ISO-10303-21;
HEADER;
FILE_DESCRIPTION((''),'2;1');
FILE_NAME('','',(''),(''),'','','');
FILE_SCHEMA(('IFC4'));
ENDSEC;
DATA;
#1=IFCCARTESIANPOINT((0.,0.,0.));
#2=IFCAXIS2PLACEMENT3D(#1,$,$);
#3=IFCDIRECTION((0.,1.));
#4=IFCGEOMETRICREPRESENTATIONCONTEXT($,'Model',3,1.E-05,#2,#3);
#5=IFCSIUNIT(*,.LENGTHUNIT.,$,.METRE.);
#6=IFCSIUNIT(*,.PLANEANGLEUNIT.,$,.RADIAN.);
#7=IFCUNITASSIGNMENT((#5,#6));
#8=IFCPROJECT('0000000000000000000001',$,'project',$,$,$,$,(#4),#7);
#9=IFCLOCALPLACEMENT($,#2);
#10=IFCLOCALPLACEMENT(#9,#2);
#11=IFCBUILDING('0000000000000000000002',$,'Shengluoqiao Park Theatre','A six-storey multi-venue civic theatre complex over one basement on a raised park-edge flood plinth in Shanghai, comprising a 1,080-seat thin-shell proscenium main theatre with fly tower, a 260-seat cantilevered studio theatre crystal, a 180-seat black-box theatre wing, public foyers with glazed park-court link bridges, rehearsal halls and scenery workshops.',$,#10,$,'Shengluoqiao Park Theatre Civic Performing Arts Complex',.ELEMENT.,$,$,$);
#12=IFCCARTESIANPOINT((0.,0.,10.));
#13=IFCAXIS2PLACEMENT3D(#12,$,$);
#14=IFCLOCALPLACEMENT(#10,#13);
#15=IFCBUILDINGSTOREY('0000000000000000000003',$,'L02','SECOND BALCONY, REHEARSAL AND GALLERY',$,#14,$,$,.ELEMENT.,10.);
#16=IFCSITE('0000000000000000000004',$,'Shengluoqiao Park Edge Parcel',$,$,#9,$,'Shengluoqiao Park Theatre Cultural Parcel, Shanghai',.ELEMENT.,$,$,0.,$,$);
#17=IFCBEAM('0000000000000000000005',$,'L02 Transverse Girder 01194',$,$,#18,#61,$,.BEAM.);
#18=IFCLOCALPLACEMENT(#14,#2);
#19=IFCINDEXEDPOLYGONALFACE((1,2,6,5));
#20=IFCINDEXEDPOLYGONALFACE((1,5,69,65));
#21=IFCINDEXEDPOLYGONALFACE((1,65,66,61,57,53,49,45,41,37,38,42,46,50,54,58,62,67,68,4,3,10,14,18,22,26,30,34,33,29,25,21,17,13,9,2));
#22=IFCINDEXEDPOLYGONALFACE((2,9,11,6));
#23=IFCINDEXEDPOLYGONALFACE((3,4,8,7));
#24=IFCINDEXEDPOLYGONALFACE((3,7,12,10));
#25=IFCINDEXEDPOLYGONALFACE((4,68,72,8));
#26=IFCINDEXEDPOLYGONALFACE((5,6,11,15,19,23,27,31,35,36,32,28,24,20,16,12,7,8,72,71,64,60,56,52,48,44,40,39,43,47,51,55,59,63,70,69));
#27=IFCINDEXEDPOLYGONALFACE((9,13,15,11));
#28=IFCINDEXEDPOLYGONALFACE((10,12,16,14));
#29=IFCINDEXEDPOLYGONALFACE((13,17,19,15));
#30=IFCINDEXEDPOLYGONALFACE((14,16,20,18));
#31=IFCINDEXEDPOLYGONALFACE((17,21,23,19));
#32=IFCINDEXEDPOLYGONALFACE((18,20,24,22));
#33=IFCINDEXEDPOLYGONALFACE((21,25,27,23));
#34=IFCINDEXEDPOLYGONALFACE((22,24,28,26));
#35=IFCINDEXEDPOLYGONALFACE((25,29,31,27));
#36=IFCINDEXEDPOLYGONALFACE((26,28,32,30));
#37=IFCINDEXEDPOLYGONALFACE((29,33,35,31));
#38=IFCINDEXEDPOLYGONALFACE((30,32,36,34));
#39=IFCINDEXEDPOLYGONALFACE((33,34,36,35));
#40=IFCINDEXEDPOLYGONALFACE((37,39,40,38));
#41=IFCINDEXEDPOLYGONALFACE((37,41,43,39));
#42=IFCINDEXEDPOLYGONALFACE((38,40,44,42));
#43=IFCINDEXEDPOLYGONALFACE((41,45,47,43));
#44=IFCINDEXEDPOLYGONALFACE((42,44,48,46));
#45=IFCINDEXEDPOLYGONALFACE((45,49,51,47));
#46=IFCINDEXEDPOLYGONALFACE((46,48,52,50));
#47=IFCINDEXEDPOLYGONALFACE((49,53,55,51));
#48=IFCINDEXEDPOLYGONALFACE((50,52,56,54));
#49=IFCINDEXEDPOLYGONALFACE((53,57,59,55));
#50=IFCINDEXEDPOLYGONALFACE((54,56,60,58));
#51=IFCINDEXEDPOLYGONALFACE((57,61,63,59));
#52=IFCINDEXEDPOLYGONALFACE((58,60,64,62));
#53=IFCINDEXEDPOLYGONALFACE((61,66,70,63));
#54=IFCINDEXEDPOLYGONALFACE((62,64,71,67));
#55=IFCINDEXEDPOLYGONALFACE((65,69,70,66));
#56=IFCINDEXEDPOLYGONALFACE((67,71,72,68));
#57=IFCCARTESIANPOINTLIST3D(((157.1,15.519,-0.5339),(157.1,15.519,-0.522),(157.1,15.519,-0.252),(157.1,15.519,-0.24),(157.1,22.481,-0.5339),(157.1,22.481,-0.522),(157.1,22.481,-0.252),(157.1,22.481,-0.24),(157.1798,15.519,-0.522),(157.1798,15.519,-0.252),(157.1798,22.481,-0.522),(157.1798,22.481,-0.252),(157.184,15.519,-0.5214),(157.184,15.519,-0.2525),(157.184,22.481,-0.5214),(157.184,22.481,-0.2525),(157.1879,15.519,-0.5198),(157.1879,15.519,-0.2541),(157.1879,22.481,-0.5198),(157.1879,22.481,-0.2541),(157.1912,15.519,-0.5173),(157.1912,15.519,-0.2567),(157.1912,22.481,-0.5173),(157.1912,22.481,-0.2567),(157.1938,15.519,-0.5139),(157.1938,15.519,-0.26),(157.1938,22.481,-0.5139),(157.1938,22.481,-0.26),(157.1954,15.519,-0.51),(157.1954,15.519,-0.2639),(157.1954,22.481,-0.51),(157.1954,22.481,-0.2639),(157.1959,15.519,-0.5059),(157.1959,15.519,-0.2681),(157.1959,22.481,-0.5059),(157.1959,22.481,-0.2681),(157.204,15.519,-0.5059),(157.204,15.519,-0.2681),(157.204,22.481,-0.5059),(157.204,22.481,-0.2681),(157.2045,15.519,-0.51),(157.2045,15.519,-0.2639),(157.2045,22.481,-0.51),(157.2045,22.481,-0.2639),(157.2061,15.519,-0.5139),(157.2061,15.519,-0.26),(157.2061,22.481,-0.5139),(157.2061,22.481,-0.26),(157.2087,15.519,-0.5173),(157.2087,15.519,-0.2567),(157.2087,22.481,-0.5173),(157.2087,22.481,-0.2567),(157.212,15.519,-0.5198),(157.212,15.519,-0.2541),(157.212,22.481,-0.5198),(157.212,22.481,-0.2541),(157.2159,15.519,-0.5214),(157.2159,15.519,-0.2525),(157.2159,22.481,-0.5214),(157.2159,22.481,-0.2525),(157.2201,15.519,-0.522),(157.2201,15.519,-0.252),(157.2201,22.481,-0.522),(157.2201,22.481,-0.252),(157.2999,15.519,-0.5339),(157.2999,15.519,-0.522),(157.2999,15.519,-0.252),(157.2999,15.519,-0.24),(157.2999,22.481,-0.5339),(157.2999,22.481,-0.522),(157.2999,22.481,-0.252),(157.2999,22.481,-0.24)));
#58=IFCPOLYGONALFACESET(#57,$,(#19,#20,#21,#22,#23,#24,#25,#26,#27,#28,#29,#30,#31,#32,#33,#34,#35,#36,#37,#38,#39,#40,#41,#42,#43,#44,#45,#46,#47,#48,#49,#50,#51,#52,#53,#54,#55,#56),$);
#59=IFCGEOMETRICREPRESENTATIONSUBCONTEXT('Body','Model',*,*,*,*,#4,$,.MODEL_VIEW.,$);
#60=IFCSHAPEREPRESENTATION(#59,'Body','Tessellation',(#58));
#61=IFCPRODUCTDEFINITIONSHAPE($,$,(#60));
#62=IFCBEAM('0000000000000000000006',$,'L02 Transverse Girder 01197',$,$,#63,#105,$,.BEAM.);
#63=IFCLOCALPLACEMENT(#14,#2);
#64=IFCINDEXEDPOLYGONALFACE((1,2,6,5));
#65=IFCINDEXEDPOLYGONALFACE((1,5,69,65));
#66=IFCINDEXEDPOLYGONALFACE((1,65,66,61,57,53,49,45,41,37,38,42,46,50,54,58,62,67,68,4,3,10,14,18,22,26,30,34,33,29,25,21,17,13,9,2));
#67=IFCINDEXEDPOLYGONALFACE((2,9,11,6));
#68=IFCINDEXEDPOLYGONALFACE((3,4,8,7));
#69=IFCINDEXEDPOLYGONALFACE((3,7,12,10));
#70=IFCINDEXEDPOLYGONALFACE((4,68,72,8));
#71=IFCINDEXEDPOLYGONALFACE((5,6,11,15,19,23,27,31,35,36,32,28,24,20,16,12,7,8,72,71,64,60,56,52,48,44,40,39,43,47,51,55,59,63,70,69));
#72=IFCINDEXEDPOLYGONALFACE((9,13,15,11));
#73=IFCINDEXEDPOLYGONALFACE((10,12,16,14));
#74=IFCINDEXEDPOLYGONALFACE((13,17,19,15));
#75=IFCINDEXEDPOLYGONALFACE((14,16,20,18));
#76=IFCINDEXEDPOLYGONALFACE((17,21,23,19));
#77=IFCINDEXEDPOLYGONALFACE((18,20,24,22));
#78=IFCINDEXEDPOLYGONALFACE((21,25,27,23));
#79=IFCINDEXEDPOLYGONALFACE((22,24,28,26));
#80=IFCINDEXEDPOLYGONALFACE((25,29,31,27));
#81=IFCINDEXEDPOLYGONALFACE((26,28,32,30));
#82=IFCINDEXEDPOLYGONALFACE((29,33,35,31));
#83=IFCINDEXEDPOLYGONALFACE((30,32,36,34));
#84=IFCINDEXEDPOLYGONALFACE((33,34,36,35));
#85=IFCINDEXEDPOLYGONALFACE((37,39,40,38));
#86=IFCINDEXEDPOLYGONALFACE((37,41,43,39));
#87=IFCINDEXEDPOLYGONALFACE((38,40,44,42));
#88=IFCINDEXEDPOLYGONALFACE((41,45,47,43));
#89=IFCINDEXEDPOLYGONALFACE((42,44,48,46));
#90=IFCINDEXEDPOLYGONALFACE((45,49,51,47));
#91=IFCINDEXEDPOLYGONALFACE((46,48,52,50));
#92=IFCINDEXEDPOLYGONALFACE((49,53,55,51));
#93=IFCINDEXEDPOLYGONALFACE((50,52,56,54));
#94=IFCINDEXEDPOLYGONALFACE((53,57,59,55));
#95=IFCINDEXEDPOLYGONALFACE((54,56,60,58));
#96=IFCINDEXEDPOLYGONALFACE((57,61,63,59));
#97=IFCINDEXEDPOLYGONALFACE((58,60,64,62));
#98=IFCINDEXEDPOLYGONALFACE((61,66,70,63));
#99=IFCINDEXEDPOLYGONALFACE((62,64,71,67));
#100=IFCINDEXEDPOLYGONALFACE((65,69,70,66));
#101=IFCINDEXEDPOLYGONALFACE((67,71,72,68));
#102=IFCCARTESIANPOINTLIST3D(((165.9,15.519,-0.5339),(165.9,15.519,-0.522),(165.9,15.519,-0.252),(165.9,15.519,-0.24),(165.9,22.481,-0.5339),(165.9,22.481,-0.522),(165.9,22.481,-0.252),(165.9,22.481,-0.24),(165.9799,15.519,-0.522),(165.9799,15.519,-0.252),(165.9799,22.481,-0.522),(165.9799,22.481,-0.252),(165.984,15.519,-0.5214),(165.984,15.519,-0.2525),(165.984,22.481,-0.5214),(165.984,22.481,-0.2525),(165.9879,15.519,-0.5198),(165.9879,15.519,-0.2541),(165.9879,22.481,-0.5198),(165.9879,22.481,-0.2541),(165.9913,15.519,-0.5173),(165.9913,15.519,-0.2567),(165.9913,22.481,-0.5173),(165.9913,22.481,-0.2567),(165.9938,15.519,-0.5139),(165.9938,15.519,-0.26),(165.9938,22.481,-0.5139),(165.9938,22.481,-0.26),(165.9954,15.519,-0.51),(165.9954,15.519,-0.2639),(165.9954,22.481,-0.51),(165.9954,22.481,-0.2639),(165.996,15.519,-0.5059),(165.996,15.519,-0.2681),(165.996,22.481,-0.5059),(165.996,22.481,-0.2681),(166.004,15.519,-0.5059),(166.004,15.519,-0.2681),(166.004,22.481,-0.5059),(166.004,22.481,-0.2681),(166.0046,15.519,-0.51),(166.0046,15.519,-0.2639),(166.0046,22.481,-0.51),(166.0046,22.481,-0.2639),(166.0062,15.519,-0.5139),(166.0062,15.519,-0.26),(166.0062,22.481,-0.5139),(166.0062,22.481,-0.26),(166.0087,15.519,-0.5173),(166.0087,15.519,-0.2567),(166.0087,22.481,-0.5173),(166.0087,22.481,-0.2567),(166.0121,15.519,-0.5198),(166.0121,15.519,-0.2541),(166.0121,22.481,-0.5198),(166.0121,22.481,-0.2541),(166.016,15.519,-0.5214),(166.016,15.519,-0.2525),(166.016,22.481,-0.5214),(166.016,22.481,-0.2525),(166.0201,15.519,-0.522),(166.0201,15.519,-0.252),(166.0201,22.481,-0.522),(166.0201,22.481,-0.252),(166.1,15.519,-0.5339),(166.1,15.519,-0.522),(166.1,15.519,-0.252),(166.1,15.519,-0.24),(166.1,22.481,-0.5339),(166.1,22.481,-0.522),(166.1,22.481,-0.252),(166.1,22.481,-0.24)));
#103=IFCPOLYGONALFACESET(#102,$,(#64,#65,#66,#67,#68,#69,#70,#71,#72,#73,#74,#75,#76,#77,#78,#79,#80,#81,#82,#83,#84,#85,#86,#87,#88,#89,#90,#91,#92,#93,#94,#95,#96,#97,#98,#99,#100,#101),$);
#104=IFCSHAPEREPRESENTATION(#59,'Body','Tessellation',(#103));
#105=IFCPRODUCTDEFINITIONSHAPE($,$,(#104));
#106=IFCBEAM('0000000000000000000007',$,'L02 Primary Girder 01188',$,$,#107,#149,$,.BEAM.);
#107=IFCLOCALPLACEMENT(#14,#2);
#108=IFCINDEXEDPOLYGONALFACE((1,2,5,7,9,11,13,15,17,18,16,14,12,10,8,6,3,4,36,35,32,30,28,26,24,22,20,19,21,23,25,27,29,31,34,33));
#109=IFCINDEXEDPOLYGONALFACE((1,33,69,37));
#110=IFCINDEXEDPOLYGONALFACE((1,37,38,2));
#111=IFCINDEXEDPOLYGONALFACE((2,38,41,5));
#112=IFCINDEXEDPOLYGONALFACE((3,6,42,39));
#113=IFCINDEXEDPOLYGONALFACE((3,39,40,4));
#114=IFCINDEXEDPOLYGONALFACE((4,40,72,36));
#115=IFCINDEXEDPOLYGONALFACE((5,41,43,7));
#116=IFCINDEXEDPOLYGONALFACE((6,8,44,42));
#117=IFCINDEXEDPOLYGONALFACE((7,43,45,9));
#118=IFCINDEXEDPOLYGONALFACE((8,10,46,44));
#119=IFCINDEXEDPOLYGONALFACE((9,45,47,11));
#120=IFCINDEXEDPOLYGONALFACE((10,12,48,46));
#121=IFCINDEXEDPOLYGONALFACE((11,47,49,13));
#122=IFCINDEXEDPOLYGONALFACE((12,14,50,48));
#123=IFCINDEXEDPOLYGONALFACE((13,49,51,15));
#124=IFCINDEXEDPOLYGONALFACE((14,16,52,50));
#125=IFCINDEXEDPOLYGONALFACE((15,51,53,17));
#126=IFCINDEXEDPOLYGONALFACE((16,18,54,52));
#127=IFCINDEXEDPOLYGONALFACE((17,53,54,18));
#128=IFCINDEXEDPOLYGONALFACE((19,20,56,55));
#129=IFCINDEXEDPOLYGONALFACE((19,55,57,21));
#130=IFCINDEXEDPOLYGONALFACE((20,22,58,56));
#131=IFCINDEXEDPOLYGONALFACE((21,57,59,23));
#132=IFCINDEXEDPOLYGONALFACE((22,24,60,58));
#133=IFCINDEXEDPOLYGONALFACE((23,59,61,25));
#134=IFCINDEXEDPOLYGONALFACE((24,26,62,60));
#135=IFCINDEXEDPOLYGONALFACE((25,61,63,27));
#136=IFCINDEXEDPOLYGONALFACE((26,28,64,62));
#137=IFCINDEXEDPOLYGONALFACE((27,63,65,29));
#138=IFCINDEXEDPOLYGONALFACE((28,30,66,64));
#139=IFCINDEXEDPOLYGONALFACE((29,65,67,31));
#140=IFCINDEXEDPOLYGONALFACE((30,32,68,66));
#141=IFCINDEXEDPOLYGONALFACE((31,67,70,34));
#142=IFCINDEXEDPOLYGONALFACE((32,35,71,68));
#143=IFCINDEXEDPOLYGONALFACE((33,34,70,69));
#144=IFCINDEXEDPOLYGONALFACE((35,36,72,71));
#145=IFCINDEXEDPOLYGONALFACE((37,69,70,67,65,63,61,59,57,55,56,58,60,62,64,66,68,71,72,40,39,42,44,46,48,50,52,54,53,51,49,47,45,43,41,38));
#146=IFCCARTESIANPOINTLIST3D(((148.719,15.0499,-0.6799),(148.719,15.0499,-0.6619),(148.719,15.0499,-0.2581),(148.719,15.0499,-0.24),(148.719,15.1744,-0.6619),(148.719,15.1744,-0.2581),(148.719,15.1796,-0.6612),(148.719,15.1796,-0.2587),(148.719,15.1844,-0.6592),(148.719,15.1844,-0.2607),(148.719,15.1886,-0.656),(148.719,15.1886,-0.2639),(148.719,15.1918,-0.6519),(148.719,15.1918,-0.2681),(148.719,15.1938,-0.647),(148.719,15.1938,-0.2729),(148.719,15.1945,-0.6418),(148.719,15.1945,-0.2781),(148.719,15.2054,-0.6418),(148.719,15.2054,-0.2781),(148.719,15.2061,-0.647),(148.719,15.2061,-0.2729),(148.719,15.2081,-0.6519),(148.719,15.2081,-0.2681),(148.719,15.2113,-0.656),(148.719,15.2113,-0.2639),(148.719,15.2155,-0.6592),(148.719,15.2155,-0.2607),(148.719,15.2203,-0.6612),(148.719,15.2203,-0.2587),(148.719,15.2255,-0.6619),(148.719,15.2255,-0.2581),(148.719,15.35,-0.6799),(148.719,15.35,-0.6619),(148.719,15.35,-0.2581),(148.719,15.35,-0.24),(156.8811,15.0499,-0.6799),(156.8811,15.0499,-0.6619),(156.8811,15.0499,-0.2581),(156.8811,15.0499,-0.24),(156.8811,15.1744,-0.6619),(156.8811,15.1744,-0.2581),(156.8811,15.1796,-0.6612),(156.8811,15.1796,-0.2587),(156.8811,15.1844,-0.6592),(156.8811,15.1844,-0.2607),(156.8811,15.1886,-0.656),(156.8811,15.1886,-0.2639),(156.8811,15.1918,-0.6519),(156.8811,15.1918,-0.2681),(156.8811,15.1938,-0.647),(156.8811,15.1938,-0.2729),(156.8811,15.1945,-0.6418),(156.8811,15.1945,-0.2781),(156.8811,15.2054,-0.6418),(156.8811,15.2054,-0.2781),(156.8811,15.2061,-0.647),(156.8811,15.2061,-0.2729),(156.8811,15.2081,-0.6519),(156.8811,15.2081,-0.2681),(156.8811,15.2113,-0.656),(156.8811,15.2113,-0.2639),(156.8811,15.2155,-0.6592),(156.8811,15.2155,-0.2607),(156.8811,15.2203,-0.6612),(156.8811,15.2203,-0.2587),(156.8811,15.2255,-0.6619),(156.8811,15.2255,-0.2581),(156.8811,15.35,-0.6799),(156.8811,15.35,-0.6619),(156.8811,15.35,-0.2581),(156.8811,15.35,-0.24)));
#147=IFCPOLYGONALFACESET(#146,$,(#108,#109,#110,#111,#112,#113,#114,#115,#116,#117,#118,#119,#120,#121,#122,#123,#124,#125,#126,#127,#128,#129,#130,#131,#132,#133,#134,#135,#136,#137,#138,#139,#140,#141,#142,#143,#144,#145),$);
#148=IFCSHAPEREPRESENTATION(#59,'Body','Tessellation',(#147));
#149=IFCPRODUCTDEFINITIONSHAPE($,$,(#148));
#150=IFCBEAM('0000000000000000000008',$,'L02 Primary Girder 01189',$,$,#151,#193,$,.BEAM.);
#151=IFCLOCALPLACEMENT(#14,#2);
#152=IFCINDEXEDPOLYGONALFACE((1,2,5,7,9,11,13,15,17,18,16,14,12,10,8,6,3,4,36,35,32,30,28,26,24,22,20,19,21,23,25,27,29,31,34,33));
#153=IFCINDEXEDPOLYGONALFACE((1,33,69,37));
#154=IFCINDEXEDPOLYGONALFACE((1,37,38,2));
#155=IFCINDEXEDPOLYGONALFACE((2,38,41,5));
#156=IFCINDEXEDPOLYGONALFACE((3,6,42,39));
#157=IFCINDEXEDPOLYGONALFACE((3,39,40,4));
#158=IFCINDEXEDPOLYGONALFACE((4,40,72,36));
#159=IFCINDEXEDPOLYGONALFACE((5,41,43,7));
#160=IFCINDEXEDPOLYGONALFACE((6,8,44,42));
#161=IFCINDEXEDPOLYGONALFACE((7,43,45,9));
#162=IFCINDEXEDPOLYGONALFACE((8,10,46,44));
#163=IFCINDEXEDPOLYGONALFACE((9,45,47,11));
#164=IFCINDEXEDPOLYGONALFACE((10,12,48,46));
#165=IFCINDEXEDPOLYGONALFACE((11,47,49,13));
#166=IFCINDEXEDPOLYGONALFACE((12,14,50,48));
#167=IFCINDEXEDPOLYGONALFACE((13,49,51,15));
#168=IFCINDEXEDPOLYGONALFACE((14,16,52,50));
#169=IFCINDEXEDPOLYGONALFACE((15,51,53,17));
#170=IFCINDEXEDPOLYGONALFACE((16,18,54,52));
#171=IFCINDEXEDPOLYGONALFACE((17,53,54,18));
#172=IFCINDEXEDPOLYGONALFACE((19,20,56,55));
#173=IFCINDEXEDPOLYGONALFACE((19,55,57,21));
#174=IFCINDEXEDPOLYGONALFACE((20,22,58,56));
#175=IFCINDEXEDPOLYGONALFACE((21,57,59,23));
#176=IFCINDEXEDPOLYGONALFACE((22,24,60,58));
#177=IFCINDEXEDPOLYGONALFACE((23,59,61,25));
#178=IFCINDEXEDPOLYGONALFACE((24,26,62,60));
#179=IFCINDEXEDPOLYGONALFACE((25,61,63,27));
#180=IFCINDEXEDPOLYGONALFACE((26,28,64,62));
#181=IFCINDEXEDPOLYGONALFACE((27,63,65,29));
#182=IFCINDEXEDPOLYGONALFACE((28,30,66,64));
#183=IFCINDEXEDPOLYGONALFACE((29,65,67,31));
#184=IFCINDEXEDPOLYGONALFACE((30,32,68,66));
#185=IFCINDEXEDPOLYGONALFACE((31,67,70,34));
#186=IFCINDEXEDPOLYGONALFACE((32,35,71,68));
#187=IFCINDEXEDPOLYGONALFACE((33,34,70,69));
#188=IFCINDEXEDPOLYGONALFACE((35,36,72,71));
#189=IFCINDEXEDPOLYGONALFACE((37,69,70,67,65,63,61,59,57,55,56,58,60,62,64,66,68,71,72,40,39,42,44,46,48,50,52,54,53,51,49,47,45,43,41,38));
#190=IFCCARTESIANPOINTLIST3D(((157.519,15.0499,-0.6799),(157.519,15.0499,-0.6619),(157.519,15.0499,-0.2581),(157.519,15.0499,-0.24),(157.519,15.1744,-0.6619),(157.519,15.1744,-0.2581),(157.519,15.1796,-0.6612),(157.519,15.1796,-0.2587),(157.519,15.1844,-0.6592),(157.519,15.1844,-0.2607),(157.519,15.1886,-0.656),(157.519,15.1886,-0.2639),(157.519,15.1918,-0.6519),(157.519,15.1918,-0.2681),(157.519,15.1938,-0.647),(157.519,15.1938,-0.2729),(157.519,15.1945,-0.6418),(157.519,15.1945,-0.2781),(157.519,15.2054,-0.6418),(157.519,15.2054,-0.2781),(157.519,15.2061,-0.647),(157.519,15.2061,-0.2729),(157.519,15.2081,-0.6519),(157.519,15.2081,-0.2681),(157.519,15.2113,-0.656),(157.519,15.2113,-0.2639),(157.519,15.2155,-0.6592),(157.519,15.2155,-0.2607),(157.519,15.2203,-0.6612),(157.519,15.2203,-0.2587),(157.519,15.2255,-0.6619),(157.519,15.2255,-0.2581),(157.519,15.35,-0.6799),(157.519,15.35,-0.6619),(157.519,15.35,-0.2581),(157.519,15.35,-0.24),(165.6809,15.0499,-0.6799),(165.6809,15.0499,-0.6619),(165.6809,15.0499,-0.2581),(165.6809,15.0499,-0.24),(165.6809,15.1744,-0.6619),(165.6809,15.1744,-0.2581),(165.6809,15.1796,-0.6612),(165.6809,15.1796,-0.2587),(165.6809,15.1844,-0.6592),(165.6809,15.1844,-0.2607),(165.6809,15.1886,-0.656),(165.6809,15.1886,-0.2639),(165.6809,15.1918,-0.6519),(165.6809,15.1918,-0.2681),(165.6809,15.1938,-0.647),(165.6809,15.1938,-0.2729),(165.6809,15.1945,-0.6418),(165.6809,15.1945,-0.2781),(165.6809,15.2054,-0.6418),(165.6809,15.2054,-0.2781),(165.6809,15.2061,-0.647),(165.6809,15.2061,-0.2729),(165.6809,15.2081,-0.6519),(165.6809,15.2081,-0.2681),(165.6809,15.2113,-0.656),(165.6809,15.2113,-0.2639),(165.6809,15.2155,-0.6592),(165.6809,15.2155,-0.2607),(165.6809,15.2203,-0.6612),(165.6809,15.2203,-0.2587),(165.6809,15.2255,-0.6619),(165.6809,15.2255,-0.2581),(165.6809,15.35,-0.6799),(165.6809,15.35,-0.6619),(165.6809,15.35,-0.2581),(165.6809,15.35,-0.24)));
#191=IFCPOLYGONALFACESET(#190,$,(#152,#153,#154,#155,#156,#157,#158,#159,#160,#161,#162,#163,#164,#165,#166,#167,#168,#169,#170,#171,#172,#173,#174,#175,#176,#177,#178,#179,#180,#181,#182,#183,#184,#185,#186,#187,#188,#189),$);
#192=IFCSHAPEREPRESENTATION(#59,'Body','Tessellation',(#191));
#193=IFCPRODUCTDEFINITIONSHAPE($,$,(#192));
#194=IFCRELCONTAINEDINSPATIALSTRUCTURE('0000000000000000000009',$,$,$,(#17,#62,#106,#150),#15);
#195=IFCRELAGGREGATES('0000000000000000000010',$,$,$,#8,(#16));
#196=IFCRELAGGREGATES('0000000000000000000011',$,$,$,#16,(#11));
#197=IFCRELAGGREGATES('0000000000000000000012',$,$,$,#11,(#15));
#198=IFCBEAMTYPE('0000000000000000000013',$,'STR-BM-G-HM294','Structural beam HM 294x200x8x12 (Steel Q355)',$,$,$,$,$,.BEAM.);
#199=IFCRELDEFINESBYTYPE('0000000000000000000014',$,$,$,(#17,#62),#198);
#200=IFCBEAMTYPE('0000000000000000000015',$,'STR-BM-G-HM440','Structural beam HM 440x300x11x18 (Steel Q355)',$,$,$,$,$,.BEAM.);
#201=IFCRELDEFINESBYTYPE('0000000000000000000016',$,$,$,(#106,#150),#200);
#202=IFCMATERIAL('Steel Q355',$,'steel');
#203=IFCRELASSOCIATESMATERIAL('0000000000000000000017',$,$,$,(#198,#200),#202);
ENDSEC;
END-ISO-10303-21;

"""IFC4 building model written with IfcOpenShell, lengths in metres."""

from ifc_helpers import new_model, si_unit, direction, frame, origin, origin_2d, place, context, subcontext, project, spatial, i_section, extrude, material, material_profile, profile_set, type_object, element, save


model = new_model("IFC4")

# Units and contexts
model_context = context("Model", 3, precision=1e-05, world=origin(), true_north=direction((0.0, 1.0)))
body_context = subcontext(model_context, "Body", "Model", "MODEL_VIEW")
ifc_project = project(units=[si_unit("LENGTHUNIT", "METRE"), si_unit("PLANEANGLEUNIT", "RADIAN")], contexts=[model_context])

# Site, building, storey
site_placement = place(None, origin())
site = spatial("IfcSite", under=ifc_project, at=site_placement, Name="Shengluoqiao Park Edge Parcel", LongName="Shengluoqiao Park Theatre Cultural Parcel, Shanghai", CompositionType="ELEMENT", RefElevation=0.0)
building_placement = place(site_placement, origin())
building = spatial("IfcBuilding", under=site, at=building_placement, Name="Shengluoqiao Park Theatre", Description="A six-storey multi-venue civic theatre complex over one basement on a raised park-edge flood plinth in Shanghai, comprising a 1,080-seat thin-shell proscenium main theatre with fly tower, a 260-seat cantilevered studio theatre crystal, a 180-seat black-box theatre wing, public foyers with glazed park-court link bridges, rehearsal halls and scenery workshops.", LongName="Shengluoqiao Park Theatre Civic Performing Arts Complex", CompositionType="ELEMENT")
storey_placement = place(building_placement, frame((0.0, 0.0, 10.0)))
storey = spatial("IfcBuildingStorey", under=building, at=storey_placement, Name="L02", Description="SECOND BALCONY, REHEARSAL AND GALLERY", CompositionType="ELEMENT", Elevation=10.0)

# Beams
ifc_material_1 = material(Name="Steel Q355", Category="steel")
ifc_material_profile_1 = material_profile(ifc_material_1, i_section(OverallWidth=0.2, OverallDepth=0.2939, WebThickness=0.0081, FlangeThickness=0.012, FilletRadius=0.0161, at=origin_2d()), Name="HM 294x200x8x12")
ifc_profile_set_1 = profile_set([ifc_material_profile_1], Name="Steel Q355")
beam_type_1 = type_object("IfcBeamType", Name="STR-BM-G-HM294", Description="Structural beam HM 294x200x8x12 (Steel Q355)", PredefinedType="BEAM", material=ifc_profile_set_1)
for number, where, z_axis, x_axis, name in (
    (1, (157.2, 15.519, -0.387), (0.0, 1.0, 0.0), (-1.0, 0.0, 0.0), "L02 Transverse Girder 01194"),
    (2, (166.0, 15.519, -0.387), (0.0, 1.0, 0.0), (-1.0, 0.0, 0.0), "L02 Transverse Girder 01197"),
):
    element("IfcBeam", number, at=place(storey_placement, frame(where, z_axis=z_axis, x_axis=x_axis)), inside=storey, type_object=beam_type_1, Name=name, PredefinedType="BEAM", context=body_context, shape_type="SweptSolid", body=[
        extrude(i_section(OverallWidth=0.2, OverallDepth=0.2939, WebThickness=0.0081, FlangeThickness=0.012, FilletRadius=0.0161, at=origin_2d()), origin(), (0.0, 0.0, 1.0), 6.9619),
    ])
ifc_material_profile_2 = material_profile(ifc_material_1, i_section(OverallWidth=0.3, OverallDepth=0.4399, WebThickness=0.011, FlangeThickness=0.0181, FilletRadius=0.02, at=origin_2d()), Name="HM 440x300x11x18")
ifc_profile_set_2 = profile_set([ifc_material_profile_2], Name="Steel Q355")
beam_type_2 = type_object("IfcBeamType", Name="STR-BM-G-HM440", Description="Structural beam HM 440x300x11x18 (Steel Q355)", PredefinedType="BEAM", material=ifc_profile_set_2)
beam_1_placement = place(storey_placement, frame((148.719, 15.2, -0.46), z_axis=(1.0, 0.0, 0.0), x_axis=(0.0, 1.0, 0.0)))
element("IfcBeam", 3, at=beam_1_placement, inside=storey, type_object=beam_type_2, Name="L02 Primary Girder 01188", PredefinedType="BEAM", context=body_context, shape_type="SweptSolid", body=[
    extrude(i_section(OverallWidth=0.3, OverallDepth=0.4399, WebThickness=0.011, FlangeThickness=0.0181, FilletRadius=0.02, at=origin_2d()), origin(), (0.0, 0.0, 1.0), 8.1621),
])
beam_2_placement = place(storey_placement, frame((157.519, 15.2, -0.46), z_axis=(1.0, 0.0, 0.0), x_axis=(0.0, 1.0, 0.0)))
element("IfcBeam", 4, at=beam_2_placement, inside=storey, type_object=beam_type_2, Name="L02 Primary Girder 01189", PredefinedType="BEAM", context=body_context, shape_type="SweptSolid", body=[
    extrude(i_section(OverallWidth=0.3, OverallDepth=0.4399, WebThickness=0.011, FlangeThickness=0.0181, FilletRadius=0.02, at=origin_2d()), origin(), (0.0, 0.0, 1.0), 8.1619),
])

save(model, "model.ifc")
